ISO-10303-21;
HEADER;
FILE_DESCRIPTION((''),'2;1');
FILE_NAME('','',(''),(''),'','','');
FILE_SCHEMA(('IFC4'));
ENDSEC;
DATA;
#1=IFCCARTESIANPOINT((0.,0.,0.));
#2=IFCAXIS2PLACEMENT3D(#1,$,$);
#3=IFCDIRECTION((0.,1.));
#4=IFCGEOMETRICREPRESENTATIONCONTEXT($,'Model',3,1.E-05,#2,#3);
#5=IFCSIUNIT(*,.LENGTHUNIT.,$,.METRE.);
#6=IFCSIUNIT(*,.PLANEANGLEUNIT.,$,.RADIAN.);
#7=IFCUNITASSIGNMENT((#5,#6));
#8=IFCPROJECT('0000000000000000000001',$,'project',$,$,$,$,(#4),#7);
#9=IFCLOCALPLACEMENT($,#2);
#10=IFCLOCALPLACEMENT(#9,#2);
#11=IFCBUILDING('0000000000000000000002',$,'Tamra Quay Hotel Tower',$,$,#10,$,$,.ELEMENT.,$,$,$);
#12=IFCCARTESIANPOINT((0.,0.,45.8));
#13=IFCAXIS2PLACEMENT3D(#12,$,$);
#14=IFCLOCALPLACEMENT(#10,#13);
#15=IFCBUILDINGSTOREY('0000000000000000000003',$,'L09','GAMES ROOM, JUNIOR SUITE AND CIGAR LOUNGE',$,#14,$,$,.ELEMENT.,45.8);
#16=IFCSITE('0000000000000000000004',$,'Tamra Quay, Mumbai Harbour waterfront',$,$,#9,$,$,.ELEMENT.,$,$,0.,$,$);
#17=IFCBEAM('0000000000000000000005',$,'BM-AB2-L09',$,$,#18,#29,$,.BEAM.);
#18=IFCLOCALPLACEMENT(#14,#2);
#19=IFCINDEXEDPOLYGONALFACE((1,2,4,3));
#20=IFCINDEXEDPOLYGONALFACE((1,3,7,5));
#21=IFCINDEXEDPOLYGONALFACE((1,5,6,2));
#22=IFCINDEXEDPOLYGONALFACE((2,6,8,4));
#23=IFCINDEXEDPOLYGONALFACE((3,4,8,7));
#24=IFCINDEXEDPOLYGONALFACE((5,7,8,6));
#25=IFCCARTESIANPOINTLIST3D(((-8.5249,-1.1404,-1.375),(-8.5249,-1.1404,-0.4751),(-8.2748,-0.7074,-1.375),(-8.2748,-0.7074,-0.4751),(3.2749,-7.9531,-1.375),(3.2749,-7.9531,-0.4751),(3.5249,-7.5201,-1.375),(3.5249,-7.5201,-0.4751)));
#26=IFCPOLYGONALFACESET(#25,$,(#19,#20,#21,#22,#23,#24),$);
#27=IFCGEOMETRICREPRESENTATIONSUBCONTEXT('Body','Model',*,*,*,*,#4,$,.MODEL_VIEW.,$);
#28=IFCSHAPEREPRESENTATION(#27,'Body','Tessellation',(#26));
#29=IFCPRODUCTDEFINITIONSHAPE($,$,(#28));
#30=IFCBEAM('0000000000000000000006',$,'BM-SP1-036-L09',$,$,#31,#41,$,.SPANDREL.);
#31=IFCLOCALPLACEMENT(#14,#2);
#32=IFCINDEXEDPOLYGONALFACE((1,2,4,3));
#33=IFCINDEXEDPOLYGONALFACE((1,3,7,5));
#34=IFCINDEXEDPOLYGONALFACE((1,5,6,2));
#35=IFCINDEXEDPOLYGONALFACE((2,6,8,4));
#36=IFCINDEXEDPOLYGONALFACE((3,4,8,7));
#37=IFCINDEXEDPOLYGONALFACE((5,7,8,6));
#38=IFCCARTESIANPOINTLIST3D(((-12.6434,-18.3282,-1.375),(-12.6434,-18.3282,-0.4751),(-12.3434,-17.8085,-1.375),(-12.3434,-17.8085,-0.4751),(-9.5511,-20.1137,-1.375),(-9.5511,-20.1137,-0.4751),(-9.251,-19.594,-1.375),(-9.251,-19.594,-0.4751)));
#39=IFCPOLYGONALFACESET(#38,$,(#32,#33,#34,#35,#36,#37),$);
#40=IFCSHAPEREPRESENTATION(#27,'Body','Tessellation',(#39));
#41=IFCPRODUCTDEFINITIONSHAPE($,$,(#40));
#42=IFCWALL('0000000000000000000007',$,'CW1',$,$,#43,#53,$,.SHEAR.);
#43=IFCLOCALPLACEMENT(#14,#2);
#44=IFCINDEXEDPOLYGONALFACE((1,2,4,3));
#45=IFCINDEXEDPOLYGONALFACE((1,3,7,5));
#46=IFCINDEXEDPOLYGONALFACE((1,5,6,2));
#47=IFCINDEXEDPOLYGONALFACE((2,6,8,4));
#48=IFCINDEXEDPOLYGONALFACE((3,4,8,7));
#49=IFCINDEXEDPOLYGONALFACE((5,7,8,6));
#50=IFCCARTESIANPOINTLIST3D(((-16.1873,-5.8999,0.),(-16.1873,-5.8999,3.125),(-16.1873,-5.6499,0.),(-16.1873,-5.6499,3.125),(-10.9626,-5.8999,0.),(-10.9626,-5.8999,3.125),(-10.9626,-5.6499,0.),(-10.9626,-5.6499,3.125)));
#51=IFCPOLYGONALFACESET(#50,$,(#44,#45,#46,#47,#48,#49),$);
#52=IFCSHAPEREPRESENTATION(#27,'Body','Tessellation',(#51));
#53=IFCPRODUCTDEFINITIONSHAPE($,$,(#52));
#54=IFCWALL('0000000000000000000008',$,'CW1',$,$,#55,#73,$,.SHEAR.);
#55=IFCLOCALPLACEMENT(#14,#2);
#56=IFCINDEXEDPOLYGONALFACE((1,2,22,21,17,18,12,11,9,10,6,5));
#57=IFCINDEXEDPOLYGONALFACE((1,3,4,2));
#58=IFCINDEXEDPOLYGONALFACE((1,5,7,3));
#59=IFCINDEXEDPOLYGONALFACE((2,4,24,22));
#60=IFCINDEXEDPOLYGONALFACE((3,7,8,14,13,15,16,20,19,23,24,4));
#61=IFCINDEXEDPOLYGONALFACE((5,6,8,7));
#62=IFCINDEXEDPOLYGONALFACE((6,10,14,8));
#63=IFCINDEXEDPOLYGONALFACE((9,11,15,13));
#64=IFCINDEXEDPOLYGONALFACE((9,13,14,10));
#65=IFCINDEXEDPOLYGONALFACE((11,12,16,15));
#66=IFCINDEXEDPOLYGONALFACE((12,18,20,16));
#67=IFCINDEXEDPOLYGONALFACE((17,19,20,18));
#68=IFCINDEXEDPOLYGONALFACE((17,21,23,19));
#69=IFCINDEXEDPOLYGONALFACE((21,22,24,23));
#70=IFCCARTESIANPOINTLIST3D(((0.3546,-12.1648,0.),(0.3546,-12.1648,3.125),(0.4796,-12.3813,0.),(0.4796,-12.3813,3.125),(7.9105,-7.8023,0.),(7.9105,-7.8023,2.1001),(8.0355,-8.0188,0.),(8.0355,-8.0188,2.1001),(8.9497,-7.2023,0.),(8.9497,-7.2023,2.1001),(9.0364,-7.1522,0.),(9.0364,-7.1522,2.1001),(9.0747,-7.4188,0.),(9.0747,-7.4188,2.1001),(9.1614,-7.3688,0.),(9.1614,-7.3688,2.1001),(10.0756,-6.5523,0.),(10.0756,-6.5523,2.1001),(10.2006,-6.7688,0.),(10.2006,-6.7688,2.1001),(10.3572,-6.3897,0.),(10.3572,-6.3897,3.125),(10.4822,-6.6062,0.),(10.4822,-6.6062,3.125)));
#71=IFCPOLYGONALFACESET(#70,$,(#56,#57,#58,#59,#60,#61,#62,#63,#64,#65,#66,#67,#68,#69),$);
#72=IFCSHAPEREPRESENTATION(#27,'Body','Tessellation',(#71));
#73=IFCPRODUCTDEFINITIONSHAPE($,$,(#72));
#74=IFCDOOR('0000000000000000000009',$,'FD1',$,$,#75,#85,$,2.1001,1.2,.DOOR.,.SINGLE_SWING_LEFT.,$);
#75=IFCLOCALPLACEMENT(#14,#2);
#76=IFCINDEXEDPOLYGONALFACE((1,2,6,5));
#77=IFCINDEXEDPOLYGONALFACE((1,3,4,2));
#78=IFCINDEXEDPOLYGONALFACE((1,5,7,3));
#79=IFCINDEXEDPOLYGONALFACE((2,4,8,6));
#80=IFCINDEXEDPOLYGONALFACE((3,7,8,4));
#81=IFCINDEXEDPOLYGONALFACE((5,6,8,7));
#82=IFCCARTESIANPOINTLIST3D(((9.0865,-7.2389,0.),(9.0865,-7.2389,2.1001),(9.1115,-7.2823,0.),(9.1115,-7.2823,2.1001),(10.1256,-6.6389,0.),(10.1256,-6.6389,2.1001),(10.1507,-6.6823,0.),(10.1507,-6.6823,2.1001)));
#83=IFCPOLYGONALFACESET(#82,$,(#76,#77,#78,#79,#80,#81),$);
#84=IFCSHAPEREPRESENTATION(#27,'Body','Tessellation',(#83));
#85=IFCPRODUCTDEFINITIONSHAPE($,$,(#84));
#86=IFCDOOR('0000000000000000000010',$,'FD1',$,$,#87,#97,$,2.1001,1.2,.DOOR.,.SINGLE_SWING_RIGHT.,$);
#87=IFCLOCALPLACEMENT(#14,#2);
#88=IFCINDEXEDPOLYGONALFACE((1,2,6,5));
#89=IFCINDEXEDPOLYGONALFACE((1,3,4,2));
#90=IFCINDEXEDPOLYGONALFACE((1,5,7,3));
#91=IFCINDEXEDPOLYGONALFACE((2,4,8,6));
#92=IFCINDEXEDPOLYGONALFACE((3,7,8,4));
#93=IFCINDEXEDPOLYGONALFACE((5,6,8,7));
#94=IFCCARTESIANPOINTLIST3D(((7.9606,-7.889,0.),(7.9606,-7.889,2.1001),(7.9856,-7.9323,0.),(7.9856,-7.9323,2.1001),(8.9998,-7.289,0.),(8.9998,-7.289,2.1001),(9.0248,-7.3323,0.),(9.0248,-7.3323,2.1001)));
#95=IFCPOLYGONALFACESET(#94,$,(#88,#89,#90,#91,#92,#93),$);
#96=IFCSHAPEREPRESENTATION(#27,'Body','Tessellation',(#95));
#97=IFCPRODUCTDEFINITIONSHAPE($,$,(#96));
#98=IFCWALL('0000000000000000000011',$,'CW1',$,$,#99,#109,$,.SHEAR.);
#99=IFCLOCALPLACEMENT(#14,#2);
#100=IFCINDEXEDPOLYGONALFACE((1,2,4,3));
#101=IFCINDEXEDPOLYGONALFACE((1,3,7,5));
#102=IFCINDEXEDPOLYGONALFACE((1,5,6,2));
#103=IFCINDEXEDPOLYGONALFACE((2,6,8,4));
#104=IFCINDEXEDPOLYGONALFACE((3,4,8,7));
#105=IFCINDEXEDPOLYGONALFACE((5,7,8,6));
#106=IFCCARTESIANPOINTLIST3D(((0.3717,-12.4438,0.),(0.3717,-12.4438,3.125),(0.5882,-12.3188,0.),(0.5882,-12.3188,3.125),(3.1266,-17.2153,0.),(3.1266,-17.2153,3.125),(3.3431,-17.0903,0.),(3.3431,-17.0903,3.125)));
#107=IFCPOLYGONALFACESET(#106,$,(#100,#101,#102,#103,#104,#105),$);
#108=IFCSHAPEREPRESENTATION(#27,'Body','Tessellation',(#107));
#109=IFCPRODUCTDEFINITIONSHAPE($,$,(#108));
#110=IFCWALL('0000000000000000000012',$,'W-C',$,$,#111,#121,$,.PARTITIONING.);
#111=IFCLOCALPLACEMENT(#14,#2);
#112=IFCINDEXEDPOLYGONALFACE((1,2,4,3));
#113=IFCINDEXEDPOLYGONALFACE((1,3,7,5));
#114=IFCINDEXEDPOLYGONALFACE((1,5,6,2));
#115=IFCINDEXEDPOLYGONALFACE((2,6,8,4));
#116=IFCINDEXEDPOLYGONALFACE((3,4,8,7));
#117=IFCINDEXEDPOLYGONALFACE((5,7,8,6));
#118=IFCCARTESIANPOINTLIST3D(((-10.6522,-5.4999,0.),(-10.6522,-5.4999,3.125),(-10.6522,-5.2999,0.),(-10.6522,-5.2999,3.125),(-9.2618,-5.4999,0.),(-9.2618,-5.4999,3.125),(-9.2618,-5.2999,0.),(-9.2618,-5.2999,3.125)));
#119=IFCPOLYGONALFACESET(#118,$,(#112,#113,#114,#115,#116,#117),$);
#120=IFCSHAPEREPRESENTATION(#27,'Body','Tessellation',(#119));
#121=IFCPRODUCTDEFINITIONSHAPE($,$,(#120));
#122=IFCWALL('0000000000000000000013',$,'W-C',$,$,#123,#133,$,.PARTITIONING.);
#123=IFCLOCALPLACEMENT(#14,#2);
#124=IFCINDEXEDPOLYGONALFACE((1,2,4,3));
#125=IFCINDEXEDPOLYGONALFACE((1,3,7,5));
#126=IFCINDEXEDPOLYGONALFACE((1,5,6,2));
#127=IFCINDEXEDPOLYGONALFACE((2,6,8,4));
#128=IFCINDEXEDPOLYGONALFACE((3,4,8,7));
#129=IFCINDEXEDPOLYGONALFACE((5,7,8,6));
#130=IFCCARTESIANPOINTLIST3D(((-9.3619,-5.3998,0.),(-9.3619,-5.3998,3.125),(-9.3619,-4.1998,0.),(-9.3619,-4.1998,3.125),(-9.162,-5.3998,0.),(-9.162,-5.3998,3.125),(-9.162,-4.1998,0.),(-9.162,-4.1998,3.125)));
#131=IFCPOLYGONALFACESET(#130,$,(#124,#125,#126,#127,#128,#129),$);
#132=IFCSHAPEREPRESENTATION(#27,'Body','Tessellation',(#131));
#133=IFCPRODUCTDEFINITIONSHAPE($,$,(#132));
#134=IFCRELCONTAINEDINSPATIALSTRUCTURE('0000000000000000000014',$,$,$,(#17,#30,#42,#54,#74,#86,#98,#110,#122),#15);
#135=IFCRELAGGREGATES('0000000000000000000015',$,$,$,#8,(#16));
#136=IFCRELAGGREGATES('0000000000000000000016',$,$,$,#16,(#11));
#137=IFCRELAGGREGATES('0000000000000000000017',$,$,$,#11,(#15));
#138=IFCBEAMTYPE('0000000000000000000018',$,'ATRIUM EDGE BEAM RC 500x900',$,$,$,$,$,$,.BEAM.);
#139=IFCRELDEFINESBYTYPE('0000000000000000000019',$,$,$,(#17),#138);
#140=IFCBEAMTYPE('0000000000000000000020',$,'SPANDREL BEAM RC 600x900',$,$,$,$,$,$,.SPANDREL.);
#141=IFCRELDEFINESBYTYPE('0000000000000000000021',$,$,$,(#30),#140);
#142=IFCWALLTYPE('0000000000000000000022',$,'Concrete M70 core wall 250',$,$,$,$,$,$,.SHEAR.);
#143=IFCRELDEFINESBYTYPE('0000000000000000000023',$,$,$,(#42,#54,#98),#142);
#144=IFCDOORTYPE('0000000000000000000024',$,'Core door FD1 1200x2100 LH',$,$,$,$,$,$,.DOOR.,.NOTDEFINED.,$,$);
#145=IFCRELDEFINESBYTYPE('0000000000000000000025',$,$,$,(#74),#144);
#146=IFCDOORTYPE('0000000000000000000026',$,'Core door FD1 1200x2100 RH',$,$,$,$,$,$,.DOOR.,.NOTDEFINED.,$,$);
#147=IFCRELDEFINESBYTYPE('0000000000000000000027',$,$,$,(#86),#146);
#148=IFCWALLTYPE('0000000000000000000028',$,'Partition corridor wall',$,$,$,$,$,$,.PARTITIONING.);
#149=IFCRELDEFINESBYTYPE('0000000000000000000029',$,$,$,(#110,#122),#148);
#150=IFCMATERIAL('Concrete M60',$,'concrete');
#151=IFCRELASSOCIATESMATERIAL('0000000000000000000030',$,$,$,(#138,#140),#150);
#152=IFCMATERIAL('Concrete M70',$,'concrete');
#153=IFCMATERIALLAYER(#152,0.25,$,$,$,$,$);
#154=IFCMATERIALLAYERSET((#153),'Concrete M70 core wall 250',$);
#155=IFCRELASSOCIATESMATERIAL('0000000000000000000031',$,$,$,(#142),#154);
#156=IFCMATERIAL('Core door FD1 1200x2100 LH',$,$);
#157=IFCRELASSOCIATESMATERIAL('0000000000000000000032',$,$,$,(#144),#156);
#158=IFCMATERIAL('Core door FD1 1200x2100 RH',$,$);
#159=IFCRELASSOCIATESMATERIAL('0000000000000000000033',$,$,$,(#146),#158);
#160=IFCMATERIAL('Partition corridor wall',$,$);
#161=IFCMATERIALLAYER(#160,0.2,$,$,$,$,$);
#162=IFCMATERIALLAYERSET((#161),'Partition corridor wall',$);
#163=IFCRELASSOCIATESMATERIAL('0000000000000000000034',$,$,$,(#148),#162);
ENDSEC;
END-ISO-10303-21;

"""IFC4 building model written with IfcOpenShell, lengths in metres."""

from ifc_helpers import new_model, si_unit, direction, frame, frame_2d, origin, origin_2d, place, context, subcontext, project, spatial, rectangle, extrude, material, layer, layer_set, material_profile, profile_set, type_object, element, fill, save


model = new_model("IFC4")

# Units and contexts
model_context = context("Model", 3, precision=1e-05, world=origin(), true_north=direction((0.0, 1.0)))
body_context = subcontext(model_context, "Body", "Model", "MODEL_VIEW")
ifc_project = project(units=[si_unit("LENGTHUNIT", "METRE"), si_unit("PLANEANGLEUNIT", "RADIAN")], contexts=[model_context])

# Site, building, storey
site_placement = place(None, origin())
site = spatial("IfcSite", under=ifc_project, at=site_placement, Name="Tamra Quay, Mumbai Harbour waterfront", CompositionType="ELEMENT", RefElevation=0.0)
building_placement = place(site_placement, origin())
building = spatial("IfcBuilding", under=site, at=building_placement, Name="Tamra Quay Hotel Tower", CompositionType="ELEMENT")
storey_placement = place(building_placement, frame((0.0, 0.0, 45.8)))
storey = spatial("IfcBuildingStorey", under=building, at=storey_placement, Name="L09", Description="GAMES ROOM, JUNIOR SUITE AND CIGAR LOUNGE", CompositionType="ELEMENT", Elevation=45.8)

# Beams
ifc_material_1 = material(Name="Concrete M60", Category="concrete")
ifc_material_profile_1 = material_profile(ifc_material_1, rectangle(XDim=0.5, YDim=0.8999, at=origin_2d()), Name="ATRIUM EDGE BEAM RC 500x900")
ifc_profile_set_1 = profile_set([ifc_material_profile_1], Name="Concrete M60")
beam_type_1 = type_object("IfcBeamType", Name="ATRIUM EDGE BEAM RC 500x900", PredefinedType="BEAM", material=ifc_profile_set_1)
beam_1_placement = place(storey_placement, frame((3.3999, -7.7366, -0.925), z_axis=(-0.866021, 0.500007, 0.0), x_axis=(-0.500007, -0.866021, 0.0)))
element("IfcBeam", 1, at=beam_1_placement, inside=storey, type_object=beam_type_1, Name="BM-AB2-L09", PredefinedType="BEAM", context=body_context, shape_type="SweptSolid", body=[
    extrude(rectangle(XDim=0.5, YDim=0.8999, at=origin_2d()), origin(), (0.0, 0.0, 1.0), 13.6252),
])
ifc_material_profile_2 = material_profile(ifc_material_1, rectangle(XDim=0.6001, YDim=0.8999, at=origin_2d()), Name="SPANDREL BEAM RC 600x900")
ifc_profile_set_2 = profile_set([ifc_material_profile_2], Name="Concrete M60")
beam_type_2 = type_object("IfcBeamType", Name="SPANDREL BEAM RC 600x900", PredefinedType="SPANDREL", material=ifc_profile_set_2)
beam_2_placement = place(storey_placement, frame((-12.4934, -18.0684, -0.925), z_axis=(0.866017, -0.500014, 0.0), x_axis=(0.500014, 0.866017, 0.0)))
element("IfcBeam", 2, at=beam_2_placement, inside=storey, type_object=beam_type_2, Name="BM-SP1-036-L09", PredefinedType="SPANDREL", context=body_context, shape_type="SweptSolid", body=[
    extrude(rectangle(XDim=0.6001, YDim=0.8999, at=origin_2d()), origin(), (0.0, 0.0, 1.0), 3.5708),
])

# Wall
ifc_material_2 = material(Name="Concrete M70", Category="concrete")
ifc_layer_1 = layer(ifc_material_2, 0.25)
ifc_layer_set_1 = layer_set([ifc_layer_1], Name="Concrete M70 core wall 250")
wall_type_1 = type_object("IfcWallType", Name="Concrete M70 core wall 250", PredefinedType="SHEAR", material=ifc_layer_set_1)
wall_1_placement = place(storey_placement, frame((-10.9626, -5.7749, 0.0), z_axis=(0.0, 0.0, 1.0), x_axis=(-1.0, 0.0, 0.0)))
element("IfcWall", 3, at=wall_1_placement, inside=storey, type_object=wall_type_1, Name="CW1", PredefinedType="SHEAR", context=body_context, shape_type="SweptSolid", body=[
    extrude(rectangle(XDim=5.2246, YDim=0.25, at=frame_2d((2.6123, 0.0))), origin(), (0.0, 0.0, 1.0), 3.125),
])

# Wall, openings, doors
wall_2_placement = place(storey_placement, frame((0.4172, -12.2729, 0.0), z_axis=(0.0, 0.0, 1.0), x_axis=(0.866022, 0.500006, 0.0)))
wall_2 = element("IfcWall", 4, at=wall_2_placement, inside=storey, type_object=wall_type_1, Name="CW1", PredefinedType="SHEAR", context=body_context, shape_type="SweptSolid", body=[
    extrude(rectangle(XDim=11.55, YDim=0.25, at=frame_2d((5.7749, 0.0))), origin(), (0.0, 0.0, 1.0), 3.125),
])
opening_1_placement = place(wall_2_placement, frame((10.0247, 0.0, 0.0)))
opening_1 = element("IfcOpeningElement", 5, at=opening_1_placement, cuts=wall_2, PredefinedType="OPENING", context=body_context, shape_type="SweptSolid", body=[
    extrude(rectangle(XDim=1.2, YDim=2.1001, at=frame_2d((0.6001, 1.05))), frame((0.0, 0.135, 0.0), z_axis=(0.0, -1.0, 0.0), x_axis=(1.0, 0.0, 0.0)), (0.0, 0.0, 1.0), 0.27),
])
opening_2_placement = place(wall_2_placement, frame((8.7246, 0.0, 0.0)))
opening_2 = element("IfcOpeningElement", 6, at=opening_2_placement, cuts=wall_2, PredefinedType="OPENING", context=body_context, shape_type="SweptSolid", body=[
    extrude(rectangle(XDim=1.2, YDim=2.1001, at=frame_2d((0.6001, 1.05))), frame((0.0, 0.135, 0.0), z_axis=(0.0, -1.0, 0.0), x_axis=(1.0, 0.0, 0.0)), (0.0, 0.0, 1.0), 0.27),
])
ifc_material_3 = material(Name="Core door FD1 1200x2100 LH")
door_type_1 = type_object("IfcDoorType", Name="Core door FD1 1200x2100 LH", OperationType="NOTDEFINED", PredefinedType="DOOR", material=ifc_material_3)
door_1_placement = place(opening_1_placement, origin())
door_1 = element("IfcDoor", 7, at=door_1_placement, inside=storey, type_object=door_type_1, Name="FD1", OperationType="SINGLE_SWING_LEFT", OverallHeight=2.1001, OverallWidth=1.2, PredefinedType="DOOR", context=body_context, shape_type="SweptSolid", body=[
    extrude(rectangle(XDim=1.2, YDim=2.1001, at=frame_2d((0.6001, 1.05))), frame((0.0, 0.0249, 0.0), z_axis=(0.0, -1.0, 0.0), x_axis=(1.0, 0.0, 0.0)), (0.0, 0.0, 1.0), 0.05),
])
fill(opening_1, door_1)
ifc_material_4 = material(Name="Core door FD1 1200x2100 RH")
door_type_2 = type_object("IfcDoorType", Name="Core door FD1 1200x2100 RH", OperationType="NOTDEFINED", PredefinedType="DOOR", material=ifc_material_4)
door_2_placement = place(opening_2_placement, origin())
door_2 = element("IfcDoor", 8, at=door_2_placement, inside=storey, type_object=door_type_2, Name="FD1", OperationType="SINGLE_SWING_RIGHT", OverallHeight=2.1001, OverallWidth=1.2, PredefinedType="DOOR", context=body_context, shape_type="SweptSolid", body=[
    extrude(rectangle(XDim=1.2, YDim=2.1001, at=frame_2d((0.6001, 1.05))), frame((0.0, 0.0249, 0.0), z_axis=(0.0, -1.0, 0.0), x_axis=(1.0, 0.0, 0.0)), (0.0, 0.0, 1.0), 0.05),
])
fill(opening_2, door_2)

# Walls
wall_3_placement = place(storey_placement, frame((3.2349, -17.1528, 0.0), z_axis=(0.0, 0.0, 1.0), x_axis=(-0.500009, 0.86602, 0.0)))
element("IfcWall", 9, at=wall_3_placement, inside=storey, type_object=wall_type_1, Name="CW1", PredefinedType="SHEAR", context=body_context, shape_type="SweptSolid", body=[
    extrude(rectangle(XDim=5.5098, YDim=0.25, at=frame_2d((2.7549, 0.0))), origin(), (0.0, 0.0, 1.0), 3.125),
])
ifc_material_5 = material(Name="Partition corridor wall")
ifc_layer_2 = layer(ifc_material_5, 0.2)
ifc_layer_set_2 = layer_set([ifc_layer_2], Name="Partition corridor wall")
wall_type_2 = type_object("IfcWallType", Name="Partition corridor wall", PredefinedType="PARTITIONING", material=ifc_layer_set_2)
wall_4_placement = place(storey_placement, frame((-10.6523, -5.3999, 0.0), z_axis=(0.0, 0.0, 1.0), x_axis=(1.0, 0.0, 0.0)))
element("IfcWall", 10, at=wall_4_placement, inside=storey, type_object=wall_type_2, Name="W-C", PredefinedType="PARTITIONING", context=body_context, shape_type="SweptSolid", body=[
    extrude(rectangle(XDim=1.3904, YDim=0.2, at=frame_2d((0.6953, 0.0))), origin(), (0.0, 0.0, 1.0), 3.125),
])
wall_5_placement = place(storey_placement, frame((-9.262, -5.3999, 0.0), z_axis=(0.0, 0.0, 1.0), x_axis=(0.0, 1.0, 0.0)))
element("IfcWall", 11, at=wall_5_placement, inside=storey, type_object=wall_type_2, Name="W-C", PredefinedType="PARTITIONING", context=body_context, shape_type="SweptSolid", body=[
    extrude(rectangle(XDim=1.2, YDim=0.2, at=frame_2d((0.6001, 0.0))), origin(), (0.0, 0.0, 1.0), 3.125),
])

save(model, "model.ifc")
